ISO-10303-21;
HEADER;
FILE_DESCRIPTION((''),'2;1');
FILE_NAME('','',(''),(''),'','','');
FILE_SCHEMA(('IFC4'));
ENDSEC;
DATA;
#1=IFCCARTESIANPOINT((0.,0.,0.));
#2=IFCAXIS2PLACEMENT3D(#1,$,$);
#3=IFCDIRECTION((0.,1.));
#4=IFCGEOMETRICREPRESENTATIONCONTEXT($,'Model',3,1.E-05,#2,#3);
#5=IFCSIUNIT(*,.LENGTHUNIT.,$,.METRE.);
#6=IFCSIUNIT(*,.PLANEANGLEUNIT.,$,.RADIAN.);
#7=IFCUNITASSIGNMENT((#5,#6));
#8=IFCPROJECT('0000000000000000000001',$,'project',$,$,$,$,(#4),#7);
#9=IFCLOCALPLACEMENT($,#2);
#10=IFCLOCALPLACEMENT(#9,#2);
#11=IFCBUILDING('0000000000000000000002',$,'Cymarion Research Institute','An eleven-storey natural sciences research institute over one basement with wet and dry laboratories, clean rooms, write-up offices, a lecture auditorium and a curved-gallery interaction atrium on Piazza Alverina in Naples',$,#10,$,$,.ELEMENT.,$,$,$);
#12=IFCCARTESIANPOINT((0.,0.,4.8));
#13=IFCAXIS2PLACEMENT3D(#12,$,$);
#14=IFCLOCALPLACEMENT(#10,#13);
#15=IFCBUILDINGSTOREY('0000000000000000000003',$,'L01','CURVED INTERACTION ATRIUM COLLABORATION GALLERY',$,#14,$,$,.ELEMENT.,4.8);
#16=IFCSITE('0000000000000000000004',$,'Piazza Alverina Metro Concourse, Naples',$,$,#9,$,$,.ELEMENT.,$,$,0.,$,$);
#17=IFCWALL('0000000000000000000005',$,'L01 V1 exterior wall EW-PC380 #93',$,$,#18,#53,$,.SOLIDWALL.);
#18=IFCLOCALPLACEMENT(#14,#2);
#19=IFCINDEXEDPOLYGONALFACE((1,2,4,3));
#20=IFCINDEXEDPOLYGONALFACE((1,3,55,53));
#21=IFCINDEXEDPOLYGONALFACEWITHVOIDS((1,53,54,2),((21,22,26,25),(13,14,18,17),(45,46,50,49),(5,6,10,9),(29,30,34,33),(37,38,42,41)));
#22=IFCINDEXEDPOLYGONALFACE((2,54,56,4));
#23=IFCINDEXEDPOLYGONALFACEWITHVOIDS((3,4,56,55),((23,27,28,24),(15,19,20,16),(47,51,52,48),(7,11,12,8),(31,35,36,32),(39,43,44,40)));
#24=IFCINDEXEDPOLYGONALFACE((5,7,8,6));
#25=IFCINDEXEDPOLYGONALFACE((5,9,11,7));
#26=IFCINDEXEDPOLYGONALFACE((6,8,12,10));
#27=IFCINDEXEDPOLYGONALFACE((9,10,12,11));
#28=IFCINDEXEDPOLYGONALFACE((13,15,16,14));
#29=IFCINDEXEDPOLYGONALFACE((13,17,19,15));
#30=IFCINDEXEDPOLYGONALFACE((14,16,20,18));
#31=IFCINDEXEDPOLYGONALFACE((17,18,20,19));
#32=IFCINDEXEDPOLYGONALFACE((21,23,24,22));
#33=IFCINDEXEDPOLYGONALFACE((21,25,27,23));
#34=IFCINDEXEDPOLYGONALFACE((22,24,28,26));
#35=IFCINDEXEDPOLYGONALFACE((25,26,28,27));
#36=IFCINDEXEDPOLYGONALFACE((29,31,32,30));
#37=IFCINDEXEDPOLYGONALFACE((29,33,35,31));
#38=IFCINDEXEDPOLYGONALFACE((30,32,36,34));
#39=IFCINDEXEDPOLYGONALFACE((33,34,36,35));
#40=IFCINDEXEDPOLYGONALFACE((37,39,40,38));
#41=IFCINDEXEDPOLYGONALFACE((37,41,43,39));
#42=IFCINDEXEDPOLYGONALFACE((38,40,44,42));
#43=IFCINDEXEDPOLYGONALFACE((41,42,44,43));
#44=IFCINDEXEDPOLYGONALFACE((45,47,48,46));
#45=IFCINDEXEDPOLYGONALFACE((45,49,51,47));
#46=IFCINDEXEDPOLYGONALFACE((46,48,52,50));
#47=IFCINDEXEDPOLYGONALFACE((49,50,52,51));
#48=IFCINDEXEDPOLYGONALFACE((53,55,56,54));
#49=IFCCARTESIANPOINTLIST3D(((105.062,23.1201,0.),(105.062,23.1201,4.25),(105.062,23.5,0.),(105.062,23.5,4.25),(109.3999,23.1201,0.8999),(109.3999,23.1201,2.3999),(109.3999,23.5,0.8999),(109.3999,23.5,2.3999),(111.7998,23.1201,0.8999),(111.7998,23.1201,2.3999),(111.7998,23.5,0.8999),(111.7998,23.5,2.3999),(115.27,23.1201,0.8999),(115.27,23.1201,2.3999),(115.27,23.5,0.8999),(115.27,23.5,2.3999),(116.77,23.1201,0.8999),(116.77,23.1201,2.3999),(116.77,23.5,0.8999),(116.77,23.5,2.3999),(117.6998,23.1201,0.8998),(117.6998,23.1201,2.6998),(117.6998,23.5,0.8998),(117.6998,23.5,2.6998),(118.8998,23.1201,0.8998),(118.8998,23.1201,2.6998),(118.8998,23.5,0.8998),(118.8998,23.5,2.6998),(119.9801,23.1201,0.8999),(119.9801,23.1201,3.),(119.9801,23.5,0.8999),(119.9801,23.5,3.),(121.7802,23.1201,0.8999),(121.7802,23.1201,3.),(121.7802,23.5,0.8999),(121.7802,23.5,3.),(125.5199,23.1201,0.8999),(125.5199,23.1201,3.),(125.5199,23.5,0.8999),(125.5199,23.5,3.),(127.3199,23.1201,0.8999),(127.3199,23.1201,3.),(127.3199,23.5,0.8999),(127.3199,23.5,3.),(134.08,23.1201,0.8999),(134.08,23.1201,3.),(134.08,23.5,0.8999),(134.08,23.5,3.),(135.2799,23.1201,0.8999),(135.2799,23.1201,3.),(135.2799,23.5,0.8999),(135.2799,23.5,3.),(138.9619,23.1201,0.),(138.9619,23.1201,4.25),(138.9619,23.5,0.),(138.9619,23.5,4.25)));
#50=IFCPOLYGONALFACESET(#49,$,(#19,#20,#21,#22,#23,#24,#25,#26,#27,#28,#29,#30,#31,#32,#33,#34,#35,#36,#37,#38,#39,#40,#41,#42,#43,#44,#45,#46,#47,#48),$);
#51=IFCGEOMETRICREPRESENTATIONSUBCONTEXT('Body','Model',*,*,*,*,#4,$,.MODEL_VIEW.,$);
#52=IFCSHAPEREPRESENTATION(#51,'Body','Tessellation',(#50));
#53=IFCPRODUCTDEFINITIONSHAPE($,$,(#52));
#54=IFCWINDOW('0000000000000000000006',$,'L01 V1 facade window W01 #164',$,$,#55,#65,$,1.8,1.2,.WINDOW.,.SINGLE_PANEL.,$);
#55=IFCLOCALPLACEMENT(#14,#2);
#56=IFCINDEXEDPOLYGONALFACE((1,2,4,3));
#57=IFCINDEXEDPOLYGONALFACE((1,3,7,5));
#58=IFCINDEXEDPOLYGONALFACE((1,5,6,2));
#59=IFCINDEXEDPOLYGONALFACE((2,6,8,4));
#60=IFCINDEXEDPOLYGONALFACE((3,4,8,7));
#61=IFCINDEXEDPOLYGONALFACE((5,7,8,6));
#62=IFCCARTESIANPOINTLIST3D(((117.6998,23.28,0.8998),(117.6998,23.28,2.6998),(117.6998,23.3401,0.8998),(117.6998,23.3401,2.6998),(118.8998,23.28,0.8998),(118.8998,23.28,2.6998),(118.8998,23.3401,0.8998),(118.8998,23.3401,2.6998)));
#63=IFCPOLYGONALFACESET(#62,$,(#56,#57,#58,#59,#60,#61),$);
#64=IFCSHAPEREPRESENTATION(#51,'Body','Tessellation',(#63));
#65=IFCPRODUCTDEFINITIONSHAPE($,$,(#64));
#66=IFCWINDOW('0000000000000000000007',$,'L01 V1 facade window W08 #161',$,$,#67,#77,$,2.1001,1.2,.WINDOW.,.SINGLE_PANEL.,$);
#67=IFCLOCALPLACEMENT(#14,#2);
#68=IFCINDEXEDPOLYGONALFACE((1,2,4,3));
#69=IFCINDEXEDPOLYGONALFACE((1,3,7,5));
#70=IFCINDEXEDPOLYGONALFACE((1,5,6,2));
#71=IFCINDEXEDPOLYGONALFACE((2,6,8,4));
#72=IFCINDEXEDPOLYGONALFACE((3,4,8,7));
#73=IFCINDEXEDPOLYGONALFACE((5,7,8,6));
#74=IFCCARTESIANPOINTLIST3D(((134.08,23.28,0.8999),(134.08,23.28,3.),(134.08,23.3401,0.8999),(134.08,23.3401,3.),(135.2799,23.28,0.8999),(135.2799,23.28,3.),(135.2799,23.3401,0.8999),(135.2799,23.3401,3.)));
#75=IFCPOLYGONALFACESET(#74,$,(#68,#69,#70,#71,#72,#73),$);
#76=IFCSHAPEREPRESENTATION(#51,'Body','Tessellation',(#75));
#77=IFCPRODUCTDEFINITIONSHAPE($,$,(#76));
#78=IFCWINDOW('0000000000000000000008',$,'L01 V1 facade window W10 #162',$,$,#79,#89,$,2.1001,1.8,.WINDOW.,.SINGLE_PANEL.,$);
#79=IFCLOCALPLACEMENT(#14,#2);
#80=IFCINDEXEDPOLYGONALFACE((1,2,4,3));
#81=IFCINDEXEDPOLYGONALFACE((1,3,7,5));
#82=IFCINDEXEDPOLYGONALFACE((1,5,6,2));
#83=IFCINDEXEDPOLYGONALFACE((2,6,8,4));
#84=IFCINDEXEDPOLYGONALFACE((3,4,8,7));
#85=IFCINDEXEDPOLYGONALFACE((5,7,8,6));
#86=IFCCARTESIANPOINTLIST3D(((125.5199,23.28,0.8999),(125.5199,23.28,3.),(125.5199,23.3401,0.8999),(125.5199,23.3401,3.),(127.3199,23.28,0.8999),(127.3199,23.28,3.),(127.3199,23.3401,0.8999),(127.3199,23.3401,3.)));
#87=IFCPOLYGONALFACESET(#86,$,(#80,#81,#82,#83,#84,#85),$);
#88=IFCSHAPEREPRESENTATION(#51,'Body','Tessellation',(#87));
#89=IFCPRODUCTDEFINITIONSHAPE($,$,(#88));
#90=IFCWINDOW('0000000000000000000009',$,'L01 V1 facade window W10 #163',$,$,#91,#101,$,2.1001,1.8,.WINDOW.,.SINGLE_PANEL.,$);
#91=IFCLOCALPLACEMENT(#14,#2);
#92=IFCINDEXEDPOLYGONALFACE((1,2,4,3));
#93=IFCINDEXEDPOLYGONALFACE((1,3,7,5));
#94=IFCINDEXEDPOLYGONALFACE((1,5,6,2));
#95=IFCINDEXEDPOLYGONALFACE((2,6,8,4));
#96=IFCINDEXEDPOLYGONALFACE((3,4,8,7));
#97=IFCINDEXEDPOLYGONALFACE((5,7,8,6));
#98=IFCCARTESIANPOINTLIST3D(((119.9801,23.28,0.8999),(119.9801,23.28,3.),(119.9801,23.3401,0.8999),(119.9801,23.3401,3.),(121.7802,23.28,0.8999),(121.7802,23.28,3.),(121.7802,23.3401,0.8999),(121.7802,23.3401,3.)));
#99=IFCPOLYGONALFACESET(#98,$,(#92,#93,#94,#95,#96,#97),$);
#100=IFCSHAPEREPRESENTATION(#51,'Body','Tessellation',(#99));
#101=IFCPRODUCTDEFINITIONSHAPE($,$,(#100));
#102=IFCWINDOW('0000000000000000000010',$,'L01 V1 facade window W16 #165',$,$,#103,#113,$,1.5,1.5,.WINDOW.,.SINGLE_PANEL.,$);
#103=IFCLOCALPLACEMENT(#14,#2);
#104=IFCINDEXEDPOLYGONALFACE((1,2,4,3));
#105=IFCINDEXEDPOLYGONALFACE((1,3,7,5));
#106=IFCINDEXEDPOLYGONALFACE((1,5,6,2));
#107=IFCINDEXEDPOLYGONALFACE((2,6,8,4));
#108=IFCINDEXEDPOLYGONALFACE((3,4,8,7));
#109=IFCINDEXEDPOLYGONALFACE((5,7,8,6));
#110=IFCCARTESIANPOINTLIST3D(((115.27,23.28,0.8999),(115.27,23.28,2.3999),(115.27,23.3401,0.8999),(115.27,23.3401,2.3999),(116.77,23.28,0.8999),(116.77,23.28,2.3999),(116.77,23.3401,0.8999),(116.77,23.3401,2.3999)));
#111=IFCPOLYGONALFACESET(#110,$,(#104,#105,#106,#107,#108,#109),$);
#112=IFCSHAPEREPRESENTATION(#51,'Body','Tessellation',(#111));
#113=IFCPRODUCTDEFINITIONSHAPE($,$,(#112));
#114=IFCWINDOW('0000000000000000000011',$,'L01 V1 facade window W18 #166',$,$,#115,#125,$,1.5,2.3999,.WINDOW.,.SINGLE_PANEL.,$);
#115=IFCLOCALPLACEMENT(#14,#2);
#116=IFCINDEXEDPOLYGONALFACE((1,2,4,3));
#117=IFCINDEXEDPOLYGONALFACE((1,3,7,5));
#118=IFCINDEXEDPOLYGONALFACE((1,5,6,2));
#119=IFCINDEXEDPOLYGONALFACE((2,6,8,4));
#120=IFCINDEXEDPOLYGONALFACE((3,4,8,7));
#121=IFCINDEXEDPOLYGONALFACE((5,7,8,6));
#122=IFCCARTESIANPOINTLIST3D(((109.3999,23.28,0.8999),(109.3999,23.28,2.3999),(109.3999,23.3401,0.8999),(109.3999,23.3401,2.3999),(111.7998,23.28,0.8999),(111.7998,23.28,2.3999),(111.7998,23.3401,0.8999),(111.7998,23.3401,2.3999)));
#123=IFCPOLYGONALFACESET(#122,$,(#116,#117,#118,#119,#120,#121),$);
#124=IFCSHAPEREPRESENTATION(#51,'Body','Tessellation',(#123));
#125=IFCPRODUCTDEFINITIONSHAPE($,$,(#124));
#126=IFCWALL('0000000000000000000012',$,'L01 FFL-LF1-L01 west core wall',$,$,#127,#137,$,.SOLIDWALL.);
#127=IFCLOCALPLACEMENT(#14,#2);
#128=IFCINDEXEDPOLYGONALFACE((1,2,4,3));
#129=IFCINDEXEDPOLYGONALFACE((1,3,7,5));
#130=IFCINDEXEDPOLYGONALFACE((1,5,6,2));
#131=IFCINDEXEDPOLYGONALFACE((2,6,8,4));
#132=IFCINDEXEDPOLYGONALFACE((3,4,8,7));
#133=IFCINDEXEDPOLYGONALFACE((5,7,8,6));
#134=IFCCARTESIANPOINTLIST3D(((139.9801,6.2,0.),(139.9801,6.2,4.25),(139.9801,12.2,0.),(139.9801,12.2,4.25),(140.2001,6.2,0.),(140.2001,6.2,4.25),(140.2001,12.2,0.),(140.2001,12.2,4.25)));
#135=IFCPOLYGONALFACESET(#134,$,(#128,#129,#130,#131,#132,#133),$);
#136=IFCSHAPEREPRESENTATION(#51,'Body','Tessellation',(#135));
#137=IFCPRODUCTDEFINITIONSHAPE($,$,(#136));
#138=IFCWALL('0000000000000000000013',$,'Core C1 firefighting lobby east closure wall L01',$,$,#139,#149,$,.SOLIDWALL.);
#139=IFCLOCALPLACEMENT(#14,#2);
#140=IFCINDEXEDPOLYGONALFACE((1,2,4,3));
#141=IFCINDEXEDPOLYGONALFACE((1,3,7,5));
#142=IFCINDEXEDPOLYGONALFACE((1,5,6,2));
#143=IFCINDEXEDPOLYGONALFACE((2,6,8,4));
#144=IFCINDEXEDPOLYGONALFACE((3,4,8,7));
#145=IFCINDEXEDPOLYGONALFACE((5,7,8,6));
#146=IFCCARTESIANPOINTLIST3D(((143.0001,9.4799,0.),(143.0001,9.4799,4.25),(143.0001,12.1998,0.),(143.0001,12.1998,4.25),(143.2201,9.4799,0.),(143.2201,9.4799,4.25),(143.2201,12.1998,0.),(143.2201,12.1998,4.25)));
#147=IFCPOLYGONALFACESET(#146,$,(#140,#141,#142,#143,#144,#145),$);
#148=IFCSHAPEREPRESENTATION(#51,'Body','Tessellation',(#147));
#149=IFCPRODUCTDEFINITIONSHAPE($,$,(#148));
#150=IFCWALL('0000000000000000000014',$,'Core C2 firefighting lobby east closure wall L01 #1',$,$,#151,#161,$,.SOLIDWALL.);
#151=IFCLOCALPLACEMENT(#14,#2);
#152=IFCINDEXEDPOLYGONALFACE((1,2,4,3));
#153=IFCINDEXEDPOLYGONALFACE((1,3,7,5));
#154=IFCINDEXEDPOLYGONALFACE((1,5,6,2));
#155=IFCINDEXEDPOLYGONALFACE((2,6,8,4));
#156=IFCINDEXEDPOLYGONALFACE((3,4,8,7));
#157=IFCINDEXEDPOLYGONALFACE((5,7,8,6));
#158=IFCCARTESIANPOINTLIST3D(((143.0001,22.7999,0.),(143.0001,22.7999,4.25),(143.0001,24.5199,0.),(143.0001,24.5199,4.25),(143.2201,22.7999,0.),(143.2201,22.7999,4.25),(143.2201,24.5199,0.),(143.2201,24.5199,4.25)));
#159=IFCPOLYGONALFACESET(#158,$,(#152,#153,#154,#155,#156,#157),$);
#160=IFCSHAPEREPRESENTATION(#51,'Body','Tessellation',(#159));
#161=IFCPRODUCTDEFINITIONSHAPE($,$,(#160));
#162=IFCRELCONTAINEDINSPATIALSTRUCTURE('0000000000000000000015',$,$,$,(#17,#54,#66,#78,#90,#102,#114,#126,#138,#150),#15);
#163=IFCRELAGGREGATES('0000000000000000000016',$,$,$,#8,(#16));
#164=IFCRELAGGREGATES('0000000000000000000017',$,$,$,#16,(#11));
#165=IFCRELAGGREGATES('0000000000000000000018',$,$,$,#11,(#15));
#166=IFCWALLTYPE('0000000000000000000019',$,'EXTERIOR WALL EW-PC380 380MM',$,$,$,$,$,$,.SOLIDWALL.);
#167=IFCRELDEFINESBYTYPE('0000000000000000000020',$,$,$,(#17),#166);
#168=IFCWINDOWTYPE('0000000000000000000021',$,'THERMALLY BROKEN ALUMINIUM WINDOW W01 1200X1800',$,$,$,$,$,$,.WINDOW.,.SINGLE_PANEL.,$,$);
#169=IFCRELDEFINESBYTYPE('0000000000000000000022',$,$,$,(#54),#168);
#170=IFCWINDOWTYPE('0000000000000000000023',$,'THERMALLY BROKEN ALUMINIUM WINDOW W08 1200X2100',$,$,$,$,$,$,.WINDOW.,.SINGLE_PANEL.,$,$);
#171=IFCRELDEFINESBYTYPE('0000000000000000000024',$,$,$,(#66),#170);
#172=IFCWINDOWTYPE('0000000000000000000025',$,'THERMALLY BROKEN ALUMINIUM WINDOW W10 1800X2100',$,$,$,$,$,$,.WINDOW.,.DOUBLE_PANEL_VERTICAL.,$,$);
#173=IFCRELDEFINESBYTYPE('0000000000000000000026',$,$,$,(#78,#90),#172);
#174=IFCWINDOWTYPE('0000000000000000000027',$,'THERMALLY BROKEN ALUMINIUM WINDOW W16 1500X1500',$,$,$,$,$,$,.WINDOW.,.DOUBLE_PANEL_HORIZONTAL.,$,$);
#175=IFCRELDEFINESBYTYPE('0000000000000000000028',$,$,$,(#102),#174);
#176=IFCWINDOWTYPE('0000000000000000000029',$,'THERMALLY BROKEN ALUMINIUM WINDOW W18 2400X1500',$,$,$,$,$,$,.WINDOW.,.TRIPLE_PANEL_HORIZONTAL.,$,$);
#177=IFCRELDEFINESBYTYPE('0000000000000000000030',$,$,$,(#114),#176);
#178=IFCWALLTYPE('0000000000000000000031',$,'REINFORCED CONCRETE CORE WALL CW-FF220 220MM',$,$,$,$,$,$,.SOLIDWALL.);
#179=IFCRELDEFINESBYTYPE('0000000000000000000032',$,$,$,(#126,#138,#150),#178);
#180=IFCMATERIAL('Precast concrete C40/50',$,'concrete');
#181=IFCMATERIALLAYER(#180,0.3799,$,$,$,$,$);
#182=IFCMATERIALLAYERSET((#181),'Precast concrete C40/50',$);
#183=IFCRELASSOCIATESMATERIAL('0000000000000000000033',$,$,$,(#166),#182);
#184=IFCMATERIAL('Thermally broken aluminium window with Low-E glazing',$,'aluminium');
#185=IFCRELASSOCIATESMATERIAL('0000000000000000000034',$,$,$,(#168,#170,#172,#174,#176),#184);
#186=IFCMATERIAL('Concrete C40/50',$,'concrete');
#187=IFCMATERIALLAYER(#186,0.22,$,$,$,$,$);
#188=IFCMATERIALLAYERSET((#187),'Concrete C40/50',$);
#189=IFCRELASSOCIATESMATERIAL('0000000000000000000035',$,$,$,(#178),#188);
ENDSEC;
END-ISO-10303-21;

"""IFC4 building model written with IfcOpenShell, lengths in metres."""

from ifc_helpers import new_model, si_unit, direction, frame, frame_2d, origin, place, context, subcontext, project, spatial, rectangle, extrude, material, layer, layer_set, type_object, element, fill, save


model = new_model("IFC4")

# Units and contexts
model_context = context("Model", 3, precision=1e-05, world=origin(), true_north=direction((0.0, 1.0)))
body_context = subcontext(model_context, "Body", "Model", "MODEL_VIEW")
ifc_project = project(units=[si_unit("LENGTHUNIT", "METRE"), si_unit("PLANEANGLEUNIT", "RADIAN")], contexts=[model_context])

# Site, building, storey
site_placement = place(None, origin())
site = spatial("IfcSite", under=ifc_project, at=site_placement, Name="Piazza Alverina Metro Concourse, Naples", CompositionType="ELEMENT", RefElevation=0.0)
building_placement = place(site_placement, origin())
building = spatial("IfcBuilding", under=site, at=building_placement, Name="Cymarion Research Institute", Description="An eleven-storey natural sciences research institute over one basement with wet and dry laboratories, clean rooms, write-up offices, a lecture auditorium and a curved-gallery interaction atrium on Piazza Alverina in Naples", CompositionType="ELEMENT")
storey_placement = place(building_placement, frame((0.0, 0.0, 4.8)))
storey = spatial("IfcBuildingStorey", under=building, at=storey_placement, Name="L01", Description="CURVED INTERACTION ATRIUM COLLABORATION GALLERY", CompositionType="ELEMENT", Elevation=4.8)

# Wall, openings, windows
ifc_material_1 = material(Name="Precast concrete C40/50", Category="concrete")
ifc_layer_1 = layer(ifc_material_1, 0.3799)
ifc_layer_set_1 = layer_set([ifc_layer_1], Name="Precast concrete C40/50")
wall_type_1 = type_object("IfcWallType", Name="EXTERIOR WALL EW-PC380 380MM", PredefinedType="SOLIDWALL", material=ifc_layer_set_1)
wall_1_placement = place(storey_placement, frame((138.9619, 23.3101, 0.0), z_axis=(0.0, 0.0, 1.0), x_axis=(-1.0, 0.0, 0.0)))
wall_1 = element("IfcWall", 1, at=wall_1_placement, inside=storey, type_object=wall_type_1, Name="L01 V1 exterior wall EW-PC380 #93", PredefinedType="SOLIDWALL", context=body_context, shape_type="SweptSolid", body=[
    extrude(rectangle(XDim=33.8999, YDim=0.3799, at=frame_2d((16.95, 0.0))), origin(), (0.0, 0.0, 1.0), 4.25),
])
opening_1_placement = place(wall_1_placement, frame((3.6819, 0.0, 0.8999)))
opening_1 = element("IfcOpeningElement", 2, at=opening_1_placement, cuts=wall_1, PredefinedType="OPENING", context=body_context, shape_type="SweptSolid", body=[
    extrude(rectangle(XDim=1.2, YDim=2.1001, at=frame_2d((0.6001, 1.05))), frame((0.0, 0.2, 0.0), z_axis=(0.0, -1.0, 0.0), x_axis=(1.0, 0.0, 0.0)), (0.0, 0.0, 1.0), 0.3999),
])
opening_2_placement = place(wall_1_placement, frame((11.6421, 0.0, 0.8999)))
opening_2 = element("IfcOpeningElement", 3, at=opening_2_placement, cuts=wall_1, PredefinedType="OPENING", context=body_context, shape_type="SweptSolid", body=[
    extrude(rectangle(XDim=1.8, YDim=2.1001, at=frame_2d((0.8999, 1.05))), frame((0.0, 0.2, 0.0), z_axis=(0.0, -1.0, 0.0), x_axis=(1.0, 0.0, 0.0)), (0.0, 0.0, 1.0), 0.3999),
])
opening_3_placement = place(wall_1_placement, frame((17.1819, 0.0, 0.8999)))
opening_3 = element("IfcOpeningElement", 4, at=opening_3_placement, cuts=wall_1, PredefinedType="OPENING", context=body_context, shape_type="SweptSolid", body=[
    extrude(rectangle(XDim=1.8, YDim=2.1001, at=frame_2d((0.8999, 1.05))), frame((0.0, 0.2, 0.0), z_axis=(0.0, -1.0, 0.0), x_axis=(1.0, 0.0, 0.0)), (0.0, 0.0, 1.0), 0.3999),
])
opening_4_placement = place(wall_1_placement, frame((20.062, 0.0, 0.8999)))
opening_4 = element("IfcOpeningElement", 5, at=opening_4_placement, cuts=wall_1, PredefinedType="OPENING", context=body_context, shape_type="SweptSolid", body=[
    extrude(rectangle(XDim=1.2, YDim=1.8, at=frame_2d((0.6001, 0.8999))), frame((0.0, 0.2, 0.0), z_axis=(0.0, -1.0, 0.0), x_axis=(1.0, 0.0, 0.0)), (0.0, 0.0, 1.0), 0.3999),
])
opening_5_placement = place(wall_1_placement, frame((22.1919, 0.0, 0.8999)))
opening_5 = element("IfcOpeningElement", 6, at=opening_5_placement, cuts=wall_1, PredefinedType="OPENING", context=body_context, shape_type="SweptSolid", body=[
    extrude(rectangle(XDim=1.5, YDim=1.5, at=frame_2d((0.75, 0.75))), frame((0.0, 0.2, 0.0), z_axis=(0.0, -1.0, 0.0), x_axis=(1.0, 0.0, 0.0)), (0.0, 0.0, 1.0), 0.3999),
])
opening_6_placement = place(wall_1_placement, frame((27.1621, 0.0, 0.8999)))
opening_6 = element("IfcOpeningElement", 7, at=opening_6_placement, cuts=wall_1, PredefinedType="OPENING", context=body_context, shape_type="SweptSolid", body=[
    extrude(rectangle(XDim=2.3999, YDim=1.5, at=frame_2d((1.2, 0.75))), frame((0.0, 0.2, 0.0), z_axis=(0.0, -1.0, 0.0), x_axis=(1.0, 0.0, 0.0)), (0.0, 0.0, 1.0), 0.3999),
])
ifc_material_2 = material(Name="Thermally broken aluminium window with Low-E glazing", Category="aluminium")
window_type_1 = type_object("IfcWindowType", Name="THERMALLY BROKEN ALUMINIUM WINDOW W01 1200X1800", PartitioningType="SINGLE_PANEL", PredefinedType="WINDOW", material=ifc_material_2)
window_1_placement = place(opening_4_placement, origin())
window_1 = element("IfcWindow", 8, at=window_1_placement, inside=storey, type_object=window_type_1, Name="L01 V1 facade window W01 #164", OverallHeight=1.8, OverallWidth=1.2, PartitioningType="SINGLE_PANEL", PredefinedType="WINDOW", context=body_context, shape_type="SweptSolid", body=[
    extrude(rectangle(XDim=1.2, YDim=1.8, at=frame_2d((0.6001, 0.8999))), frame((0.0, 0.03, 0.0), z_axis=(0.0, -1.0, 0.0), x_axis=(1.0, 0.0, 0.0)), (0.0, 0.0, 1.0), 0.0601),
])
fill(opening_4, window_1)
window_type_2 = type_object("IfcWindowType", Name="THERMALLY BROKEN ALUMINIUM WINDOW W08 1200X2100", PartitioningType="SINGLE_PANEL", PredefinedType="WINDOW", material=ifc_material_2)
window_2_placement = place(opening_1_placement, origin())
window_2 = element("IfcWindow", 9, at=window_2_placement, inside=storey, type_object=window_type_2, Name="L01 V1 facade window W08 #161", OverallHeight=2.1001, OverallWidth=1.2, PartitioningType="SINGLE_PANEL", PredefinedType="WINDOW", context=body_context, shape_type="SweptSolid", body=[
    extrude(rectangle(XDim=1.2, YDim=2.1001, at=frame_2d((0.6001, 1.05))), frame((0.0, 0.03, 0.0), z_axis=(0.0, -1.0, 0.0), x_axis=(1.0, 0.0, 0.0)), (0.0, 0.0, 1.0), 0.0601),
])
fill(opening_1, window_2)
window_type_3 = type_object("IfcWindowType", Name="THERMALLY BROKEN ALUMINIUM WINDOW W10 1800X2100", PartitioningType="DOUBLE_PANEL_VERTICAL", PredefinedType="WINDOW", material=ifc_material_2)
window_3_placement = place(opening_2_placement, origin())
window_3 = element("IfcWindow", 10, at=window_3_placement, inside=storey, type_object=window_type_3, Name="L01 V1 facade window W10 #162", OverallHeight=2.1001, OverallWidth=1.8, PartitioningType="SINGLE_PANEL", PredefinedType="WINDOW", context=body_context, shape_type="SweptSolid", body=[
    extrude(rectangle(XDim=1.8, YDim=2.1001, at=frame_2d((0.8999, 1.05))), frame((0.0, 0.03, 0.0), z_axis=(0.0, -1.0, 0.0), x_axis=(1.0, 0.0, 0.0)), (0.0, 0.0, 1.0), 0.0601),
])
fill(opening_2, window_3)
window_4_placement = place(opening_3_placement, origin())
window_4 = element("IfcWindow", 11, at=window_4_placement, inside=storey, type_object=window_type_3, Name="L01 V1 facade window W10 #163", OverallHeight=2.1001, OverallWidth=1.8, PartitioningType="SINGLE_PANEL", PredefinedType="WINDOW", context=body_context, shape_type="SweptSolid", body=[
    extrude(rectangle(XDim=1.8, YDim=2.1001, at=frame_2d((0.8999, 1.05))), frame((0.0, 0.03, 0.0), z_axis=(0.0, -1.0, 0.0), x_axis=(1.0, 0.0, 0.0)), (0.0, 0.0, 1.0), 0.0601),
])
fill(opening_3, window_4)
window_type_4 = type_object("IfcWindowType", Name="THERMALLY BROKEN ALUMINIUM WINDOW W16 1500X1500", PartitioningType="DOUBLE_PANEL_HORIZONTAL", PredefinedType="WINDOW", material=ifc_material_2)
window_5_placement = place(opening_5_placement, origin())
window_5 = element("IfcWindow", 12, at=window_5_placement, inside=storey, type_object=window_type_4, Name="L01 V1 facade window W16 #165", OverallHeight=1.5, OverallWidth=1.5, PartitioningType="SINGLE_PANEL", PredefinedType="WINDOW", context=body_context, shape_type="SweptSolid", body=[
    extrude(rectangle(XDim=1.5, YDim=1.5, at=frame_2d((0.75, 0.75))), frame((0.0, 0.03, 0.0), z_axis=(0.0, -1.0, 0.0), x_axis=(1.0, 0.0, 0.0)), (0.0, 0.0, 1.0), 0.0601),
])
fill(opening_5, window_5)
window_type_5 = type_object("IfcWindowType", Name="THERMALLY BROKEN ALUMINIUM WINDOW W18 2400X1500", PartitioningType="TRIPLE_PANEL_HORIZONTAL", PredefinedType="WINDOW", material=ifc_material_2)
window_6_placement = place(opening_6_placement, origin())
window_6 = element("IfcWindow", 13, at=window_6_placement, inside=storey, type_object=window_type_5, Name="L01 V1 facade window W18 #166", OverallHeight=1.5, OverallWidth=2.3999, PartitioningType="SINGLE_PANEL", PredefinedType="WINDOW", context=body_context, shape_type="SweptSolid", body=[
    extrude(rectangle(XDim=2.3999, YDim=1.5, at=frame_2d((1.2, 0.75))), frame((0.0, 0.03, 0.0), z_axis=(0.0, -1.0, 0.0), x_axis=(1.0, 0.0, 0.0)), (0.0, 0.0, 1.0), 0.0601),
])
fill(opening_6, window_6)

# Shared definitions
ifc_material_3 = material(Name="Concrete C40/50", Category="concrete")
ifc_layer_2 = layer(ifc_material_3, 0.22)
ifc_layer_set_2 = layer_set([ifc_layer_2], Name="Concrete C40/50")
wall_type_2 = type_object("IfcWallType", Name="REINFORCED CONCRETE CORE WALL CW-FF220 220MM", PredefinedType="SOLIDWALL", material=ifc_layer_set_2)

# Walls
wall_2_placement = place(storey_placement, frame((140.0901, 12.2, 0.0), z_axis=(0.0, 0.0, 1.0), x_axis=(0.0, -1.0, 0.0)))
element("IfcWall", 14, at=wall_2_placement, inside=storey, type_object=wall_type_2, Name="L01 FFL-LF1-L01 west core wall", PredefinedType="SOLIDWALL", context=body_context, shape_type="SweptSolid", body=[
    extrude(rectangle(XDim=6.0, YDim=0.22, at=frame_2d((3.0, 0.0))), origin(), (0.0, 0.0, 1.0), 4.25),
])
wall_3_placement = place(storey_placement, frame((143.1101, 9.48, 0.0), z_axis=(0.0, 0.0, 1.0), x_axis=(0.0, 1.0, 0.0)))
element("IfcWall", 15, at=wall_3_placement, inside=storey, type_object=wall_type_2, Name="Core C1 firefighting lobby east closure wall L01", PredefinedType="SOLIDWALL", context=body_context, shape_type="SweptSolid", body=[
    extrude(rectangle(XDim=2.72, YDim=0.22, at=frame_2d((1.3599, 0.0))), origin(), (0.0, 0.0, 1.0), 4.25),
])

# Wall
wall_4_placement = place(storey_placement, frame((143.1101, 22.8, 0.0), z_axis=(0.0, 0.0, 1.0), x_axis=(0.0, 1.0, 0.0)))
element("IfcWall", 16, at=wall_4_placement, inside=storey, type_object=wall_type_2, Name="Core C2 firefighting lobby east closure wall L01 #1", PredefinedType="SOLIDWALL", context=body_context, shape_type="SweptSolid", body=[
    extrude(rectangle(XDim=1.72, YDim=0.22, at=frame_2d((0.8599, 0.0))), origin(), (0.0, 0.0, 1.0), 4.25),
])

save(model, "model.ifc")
